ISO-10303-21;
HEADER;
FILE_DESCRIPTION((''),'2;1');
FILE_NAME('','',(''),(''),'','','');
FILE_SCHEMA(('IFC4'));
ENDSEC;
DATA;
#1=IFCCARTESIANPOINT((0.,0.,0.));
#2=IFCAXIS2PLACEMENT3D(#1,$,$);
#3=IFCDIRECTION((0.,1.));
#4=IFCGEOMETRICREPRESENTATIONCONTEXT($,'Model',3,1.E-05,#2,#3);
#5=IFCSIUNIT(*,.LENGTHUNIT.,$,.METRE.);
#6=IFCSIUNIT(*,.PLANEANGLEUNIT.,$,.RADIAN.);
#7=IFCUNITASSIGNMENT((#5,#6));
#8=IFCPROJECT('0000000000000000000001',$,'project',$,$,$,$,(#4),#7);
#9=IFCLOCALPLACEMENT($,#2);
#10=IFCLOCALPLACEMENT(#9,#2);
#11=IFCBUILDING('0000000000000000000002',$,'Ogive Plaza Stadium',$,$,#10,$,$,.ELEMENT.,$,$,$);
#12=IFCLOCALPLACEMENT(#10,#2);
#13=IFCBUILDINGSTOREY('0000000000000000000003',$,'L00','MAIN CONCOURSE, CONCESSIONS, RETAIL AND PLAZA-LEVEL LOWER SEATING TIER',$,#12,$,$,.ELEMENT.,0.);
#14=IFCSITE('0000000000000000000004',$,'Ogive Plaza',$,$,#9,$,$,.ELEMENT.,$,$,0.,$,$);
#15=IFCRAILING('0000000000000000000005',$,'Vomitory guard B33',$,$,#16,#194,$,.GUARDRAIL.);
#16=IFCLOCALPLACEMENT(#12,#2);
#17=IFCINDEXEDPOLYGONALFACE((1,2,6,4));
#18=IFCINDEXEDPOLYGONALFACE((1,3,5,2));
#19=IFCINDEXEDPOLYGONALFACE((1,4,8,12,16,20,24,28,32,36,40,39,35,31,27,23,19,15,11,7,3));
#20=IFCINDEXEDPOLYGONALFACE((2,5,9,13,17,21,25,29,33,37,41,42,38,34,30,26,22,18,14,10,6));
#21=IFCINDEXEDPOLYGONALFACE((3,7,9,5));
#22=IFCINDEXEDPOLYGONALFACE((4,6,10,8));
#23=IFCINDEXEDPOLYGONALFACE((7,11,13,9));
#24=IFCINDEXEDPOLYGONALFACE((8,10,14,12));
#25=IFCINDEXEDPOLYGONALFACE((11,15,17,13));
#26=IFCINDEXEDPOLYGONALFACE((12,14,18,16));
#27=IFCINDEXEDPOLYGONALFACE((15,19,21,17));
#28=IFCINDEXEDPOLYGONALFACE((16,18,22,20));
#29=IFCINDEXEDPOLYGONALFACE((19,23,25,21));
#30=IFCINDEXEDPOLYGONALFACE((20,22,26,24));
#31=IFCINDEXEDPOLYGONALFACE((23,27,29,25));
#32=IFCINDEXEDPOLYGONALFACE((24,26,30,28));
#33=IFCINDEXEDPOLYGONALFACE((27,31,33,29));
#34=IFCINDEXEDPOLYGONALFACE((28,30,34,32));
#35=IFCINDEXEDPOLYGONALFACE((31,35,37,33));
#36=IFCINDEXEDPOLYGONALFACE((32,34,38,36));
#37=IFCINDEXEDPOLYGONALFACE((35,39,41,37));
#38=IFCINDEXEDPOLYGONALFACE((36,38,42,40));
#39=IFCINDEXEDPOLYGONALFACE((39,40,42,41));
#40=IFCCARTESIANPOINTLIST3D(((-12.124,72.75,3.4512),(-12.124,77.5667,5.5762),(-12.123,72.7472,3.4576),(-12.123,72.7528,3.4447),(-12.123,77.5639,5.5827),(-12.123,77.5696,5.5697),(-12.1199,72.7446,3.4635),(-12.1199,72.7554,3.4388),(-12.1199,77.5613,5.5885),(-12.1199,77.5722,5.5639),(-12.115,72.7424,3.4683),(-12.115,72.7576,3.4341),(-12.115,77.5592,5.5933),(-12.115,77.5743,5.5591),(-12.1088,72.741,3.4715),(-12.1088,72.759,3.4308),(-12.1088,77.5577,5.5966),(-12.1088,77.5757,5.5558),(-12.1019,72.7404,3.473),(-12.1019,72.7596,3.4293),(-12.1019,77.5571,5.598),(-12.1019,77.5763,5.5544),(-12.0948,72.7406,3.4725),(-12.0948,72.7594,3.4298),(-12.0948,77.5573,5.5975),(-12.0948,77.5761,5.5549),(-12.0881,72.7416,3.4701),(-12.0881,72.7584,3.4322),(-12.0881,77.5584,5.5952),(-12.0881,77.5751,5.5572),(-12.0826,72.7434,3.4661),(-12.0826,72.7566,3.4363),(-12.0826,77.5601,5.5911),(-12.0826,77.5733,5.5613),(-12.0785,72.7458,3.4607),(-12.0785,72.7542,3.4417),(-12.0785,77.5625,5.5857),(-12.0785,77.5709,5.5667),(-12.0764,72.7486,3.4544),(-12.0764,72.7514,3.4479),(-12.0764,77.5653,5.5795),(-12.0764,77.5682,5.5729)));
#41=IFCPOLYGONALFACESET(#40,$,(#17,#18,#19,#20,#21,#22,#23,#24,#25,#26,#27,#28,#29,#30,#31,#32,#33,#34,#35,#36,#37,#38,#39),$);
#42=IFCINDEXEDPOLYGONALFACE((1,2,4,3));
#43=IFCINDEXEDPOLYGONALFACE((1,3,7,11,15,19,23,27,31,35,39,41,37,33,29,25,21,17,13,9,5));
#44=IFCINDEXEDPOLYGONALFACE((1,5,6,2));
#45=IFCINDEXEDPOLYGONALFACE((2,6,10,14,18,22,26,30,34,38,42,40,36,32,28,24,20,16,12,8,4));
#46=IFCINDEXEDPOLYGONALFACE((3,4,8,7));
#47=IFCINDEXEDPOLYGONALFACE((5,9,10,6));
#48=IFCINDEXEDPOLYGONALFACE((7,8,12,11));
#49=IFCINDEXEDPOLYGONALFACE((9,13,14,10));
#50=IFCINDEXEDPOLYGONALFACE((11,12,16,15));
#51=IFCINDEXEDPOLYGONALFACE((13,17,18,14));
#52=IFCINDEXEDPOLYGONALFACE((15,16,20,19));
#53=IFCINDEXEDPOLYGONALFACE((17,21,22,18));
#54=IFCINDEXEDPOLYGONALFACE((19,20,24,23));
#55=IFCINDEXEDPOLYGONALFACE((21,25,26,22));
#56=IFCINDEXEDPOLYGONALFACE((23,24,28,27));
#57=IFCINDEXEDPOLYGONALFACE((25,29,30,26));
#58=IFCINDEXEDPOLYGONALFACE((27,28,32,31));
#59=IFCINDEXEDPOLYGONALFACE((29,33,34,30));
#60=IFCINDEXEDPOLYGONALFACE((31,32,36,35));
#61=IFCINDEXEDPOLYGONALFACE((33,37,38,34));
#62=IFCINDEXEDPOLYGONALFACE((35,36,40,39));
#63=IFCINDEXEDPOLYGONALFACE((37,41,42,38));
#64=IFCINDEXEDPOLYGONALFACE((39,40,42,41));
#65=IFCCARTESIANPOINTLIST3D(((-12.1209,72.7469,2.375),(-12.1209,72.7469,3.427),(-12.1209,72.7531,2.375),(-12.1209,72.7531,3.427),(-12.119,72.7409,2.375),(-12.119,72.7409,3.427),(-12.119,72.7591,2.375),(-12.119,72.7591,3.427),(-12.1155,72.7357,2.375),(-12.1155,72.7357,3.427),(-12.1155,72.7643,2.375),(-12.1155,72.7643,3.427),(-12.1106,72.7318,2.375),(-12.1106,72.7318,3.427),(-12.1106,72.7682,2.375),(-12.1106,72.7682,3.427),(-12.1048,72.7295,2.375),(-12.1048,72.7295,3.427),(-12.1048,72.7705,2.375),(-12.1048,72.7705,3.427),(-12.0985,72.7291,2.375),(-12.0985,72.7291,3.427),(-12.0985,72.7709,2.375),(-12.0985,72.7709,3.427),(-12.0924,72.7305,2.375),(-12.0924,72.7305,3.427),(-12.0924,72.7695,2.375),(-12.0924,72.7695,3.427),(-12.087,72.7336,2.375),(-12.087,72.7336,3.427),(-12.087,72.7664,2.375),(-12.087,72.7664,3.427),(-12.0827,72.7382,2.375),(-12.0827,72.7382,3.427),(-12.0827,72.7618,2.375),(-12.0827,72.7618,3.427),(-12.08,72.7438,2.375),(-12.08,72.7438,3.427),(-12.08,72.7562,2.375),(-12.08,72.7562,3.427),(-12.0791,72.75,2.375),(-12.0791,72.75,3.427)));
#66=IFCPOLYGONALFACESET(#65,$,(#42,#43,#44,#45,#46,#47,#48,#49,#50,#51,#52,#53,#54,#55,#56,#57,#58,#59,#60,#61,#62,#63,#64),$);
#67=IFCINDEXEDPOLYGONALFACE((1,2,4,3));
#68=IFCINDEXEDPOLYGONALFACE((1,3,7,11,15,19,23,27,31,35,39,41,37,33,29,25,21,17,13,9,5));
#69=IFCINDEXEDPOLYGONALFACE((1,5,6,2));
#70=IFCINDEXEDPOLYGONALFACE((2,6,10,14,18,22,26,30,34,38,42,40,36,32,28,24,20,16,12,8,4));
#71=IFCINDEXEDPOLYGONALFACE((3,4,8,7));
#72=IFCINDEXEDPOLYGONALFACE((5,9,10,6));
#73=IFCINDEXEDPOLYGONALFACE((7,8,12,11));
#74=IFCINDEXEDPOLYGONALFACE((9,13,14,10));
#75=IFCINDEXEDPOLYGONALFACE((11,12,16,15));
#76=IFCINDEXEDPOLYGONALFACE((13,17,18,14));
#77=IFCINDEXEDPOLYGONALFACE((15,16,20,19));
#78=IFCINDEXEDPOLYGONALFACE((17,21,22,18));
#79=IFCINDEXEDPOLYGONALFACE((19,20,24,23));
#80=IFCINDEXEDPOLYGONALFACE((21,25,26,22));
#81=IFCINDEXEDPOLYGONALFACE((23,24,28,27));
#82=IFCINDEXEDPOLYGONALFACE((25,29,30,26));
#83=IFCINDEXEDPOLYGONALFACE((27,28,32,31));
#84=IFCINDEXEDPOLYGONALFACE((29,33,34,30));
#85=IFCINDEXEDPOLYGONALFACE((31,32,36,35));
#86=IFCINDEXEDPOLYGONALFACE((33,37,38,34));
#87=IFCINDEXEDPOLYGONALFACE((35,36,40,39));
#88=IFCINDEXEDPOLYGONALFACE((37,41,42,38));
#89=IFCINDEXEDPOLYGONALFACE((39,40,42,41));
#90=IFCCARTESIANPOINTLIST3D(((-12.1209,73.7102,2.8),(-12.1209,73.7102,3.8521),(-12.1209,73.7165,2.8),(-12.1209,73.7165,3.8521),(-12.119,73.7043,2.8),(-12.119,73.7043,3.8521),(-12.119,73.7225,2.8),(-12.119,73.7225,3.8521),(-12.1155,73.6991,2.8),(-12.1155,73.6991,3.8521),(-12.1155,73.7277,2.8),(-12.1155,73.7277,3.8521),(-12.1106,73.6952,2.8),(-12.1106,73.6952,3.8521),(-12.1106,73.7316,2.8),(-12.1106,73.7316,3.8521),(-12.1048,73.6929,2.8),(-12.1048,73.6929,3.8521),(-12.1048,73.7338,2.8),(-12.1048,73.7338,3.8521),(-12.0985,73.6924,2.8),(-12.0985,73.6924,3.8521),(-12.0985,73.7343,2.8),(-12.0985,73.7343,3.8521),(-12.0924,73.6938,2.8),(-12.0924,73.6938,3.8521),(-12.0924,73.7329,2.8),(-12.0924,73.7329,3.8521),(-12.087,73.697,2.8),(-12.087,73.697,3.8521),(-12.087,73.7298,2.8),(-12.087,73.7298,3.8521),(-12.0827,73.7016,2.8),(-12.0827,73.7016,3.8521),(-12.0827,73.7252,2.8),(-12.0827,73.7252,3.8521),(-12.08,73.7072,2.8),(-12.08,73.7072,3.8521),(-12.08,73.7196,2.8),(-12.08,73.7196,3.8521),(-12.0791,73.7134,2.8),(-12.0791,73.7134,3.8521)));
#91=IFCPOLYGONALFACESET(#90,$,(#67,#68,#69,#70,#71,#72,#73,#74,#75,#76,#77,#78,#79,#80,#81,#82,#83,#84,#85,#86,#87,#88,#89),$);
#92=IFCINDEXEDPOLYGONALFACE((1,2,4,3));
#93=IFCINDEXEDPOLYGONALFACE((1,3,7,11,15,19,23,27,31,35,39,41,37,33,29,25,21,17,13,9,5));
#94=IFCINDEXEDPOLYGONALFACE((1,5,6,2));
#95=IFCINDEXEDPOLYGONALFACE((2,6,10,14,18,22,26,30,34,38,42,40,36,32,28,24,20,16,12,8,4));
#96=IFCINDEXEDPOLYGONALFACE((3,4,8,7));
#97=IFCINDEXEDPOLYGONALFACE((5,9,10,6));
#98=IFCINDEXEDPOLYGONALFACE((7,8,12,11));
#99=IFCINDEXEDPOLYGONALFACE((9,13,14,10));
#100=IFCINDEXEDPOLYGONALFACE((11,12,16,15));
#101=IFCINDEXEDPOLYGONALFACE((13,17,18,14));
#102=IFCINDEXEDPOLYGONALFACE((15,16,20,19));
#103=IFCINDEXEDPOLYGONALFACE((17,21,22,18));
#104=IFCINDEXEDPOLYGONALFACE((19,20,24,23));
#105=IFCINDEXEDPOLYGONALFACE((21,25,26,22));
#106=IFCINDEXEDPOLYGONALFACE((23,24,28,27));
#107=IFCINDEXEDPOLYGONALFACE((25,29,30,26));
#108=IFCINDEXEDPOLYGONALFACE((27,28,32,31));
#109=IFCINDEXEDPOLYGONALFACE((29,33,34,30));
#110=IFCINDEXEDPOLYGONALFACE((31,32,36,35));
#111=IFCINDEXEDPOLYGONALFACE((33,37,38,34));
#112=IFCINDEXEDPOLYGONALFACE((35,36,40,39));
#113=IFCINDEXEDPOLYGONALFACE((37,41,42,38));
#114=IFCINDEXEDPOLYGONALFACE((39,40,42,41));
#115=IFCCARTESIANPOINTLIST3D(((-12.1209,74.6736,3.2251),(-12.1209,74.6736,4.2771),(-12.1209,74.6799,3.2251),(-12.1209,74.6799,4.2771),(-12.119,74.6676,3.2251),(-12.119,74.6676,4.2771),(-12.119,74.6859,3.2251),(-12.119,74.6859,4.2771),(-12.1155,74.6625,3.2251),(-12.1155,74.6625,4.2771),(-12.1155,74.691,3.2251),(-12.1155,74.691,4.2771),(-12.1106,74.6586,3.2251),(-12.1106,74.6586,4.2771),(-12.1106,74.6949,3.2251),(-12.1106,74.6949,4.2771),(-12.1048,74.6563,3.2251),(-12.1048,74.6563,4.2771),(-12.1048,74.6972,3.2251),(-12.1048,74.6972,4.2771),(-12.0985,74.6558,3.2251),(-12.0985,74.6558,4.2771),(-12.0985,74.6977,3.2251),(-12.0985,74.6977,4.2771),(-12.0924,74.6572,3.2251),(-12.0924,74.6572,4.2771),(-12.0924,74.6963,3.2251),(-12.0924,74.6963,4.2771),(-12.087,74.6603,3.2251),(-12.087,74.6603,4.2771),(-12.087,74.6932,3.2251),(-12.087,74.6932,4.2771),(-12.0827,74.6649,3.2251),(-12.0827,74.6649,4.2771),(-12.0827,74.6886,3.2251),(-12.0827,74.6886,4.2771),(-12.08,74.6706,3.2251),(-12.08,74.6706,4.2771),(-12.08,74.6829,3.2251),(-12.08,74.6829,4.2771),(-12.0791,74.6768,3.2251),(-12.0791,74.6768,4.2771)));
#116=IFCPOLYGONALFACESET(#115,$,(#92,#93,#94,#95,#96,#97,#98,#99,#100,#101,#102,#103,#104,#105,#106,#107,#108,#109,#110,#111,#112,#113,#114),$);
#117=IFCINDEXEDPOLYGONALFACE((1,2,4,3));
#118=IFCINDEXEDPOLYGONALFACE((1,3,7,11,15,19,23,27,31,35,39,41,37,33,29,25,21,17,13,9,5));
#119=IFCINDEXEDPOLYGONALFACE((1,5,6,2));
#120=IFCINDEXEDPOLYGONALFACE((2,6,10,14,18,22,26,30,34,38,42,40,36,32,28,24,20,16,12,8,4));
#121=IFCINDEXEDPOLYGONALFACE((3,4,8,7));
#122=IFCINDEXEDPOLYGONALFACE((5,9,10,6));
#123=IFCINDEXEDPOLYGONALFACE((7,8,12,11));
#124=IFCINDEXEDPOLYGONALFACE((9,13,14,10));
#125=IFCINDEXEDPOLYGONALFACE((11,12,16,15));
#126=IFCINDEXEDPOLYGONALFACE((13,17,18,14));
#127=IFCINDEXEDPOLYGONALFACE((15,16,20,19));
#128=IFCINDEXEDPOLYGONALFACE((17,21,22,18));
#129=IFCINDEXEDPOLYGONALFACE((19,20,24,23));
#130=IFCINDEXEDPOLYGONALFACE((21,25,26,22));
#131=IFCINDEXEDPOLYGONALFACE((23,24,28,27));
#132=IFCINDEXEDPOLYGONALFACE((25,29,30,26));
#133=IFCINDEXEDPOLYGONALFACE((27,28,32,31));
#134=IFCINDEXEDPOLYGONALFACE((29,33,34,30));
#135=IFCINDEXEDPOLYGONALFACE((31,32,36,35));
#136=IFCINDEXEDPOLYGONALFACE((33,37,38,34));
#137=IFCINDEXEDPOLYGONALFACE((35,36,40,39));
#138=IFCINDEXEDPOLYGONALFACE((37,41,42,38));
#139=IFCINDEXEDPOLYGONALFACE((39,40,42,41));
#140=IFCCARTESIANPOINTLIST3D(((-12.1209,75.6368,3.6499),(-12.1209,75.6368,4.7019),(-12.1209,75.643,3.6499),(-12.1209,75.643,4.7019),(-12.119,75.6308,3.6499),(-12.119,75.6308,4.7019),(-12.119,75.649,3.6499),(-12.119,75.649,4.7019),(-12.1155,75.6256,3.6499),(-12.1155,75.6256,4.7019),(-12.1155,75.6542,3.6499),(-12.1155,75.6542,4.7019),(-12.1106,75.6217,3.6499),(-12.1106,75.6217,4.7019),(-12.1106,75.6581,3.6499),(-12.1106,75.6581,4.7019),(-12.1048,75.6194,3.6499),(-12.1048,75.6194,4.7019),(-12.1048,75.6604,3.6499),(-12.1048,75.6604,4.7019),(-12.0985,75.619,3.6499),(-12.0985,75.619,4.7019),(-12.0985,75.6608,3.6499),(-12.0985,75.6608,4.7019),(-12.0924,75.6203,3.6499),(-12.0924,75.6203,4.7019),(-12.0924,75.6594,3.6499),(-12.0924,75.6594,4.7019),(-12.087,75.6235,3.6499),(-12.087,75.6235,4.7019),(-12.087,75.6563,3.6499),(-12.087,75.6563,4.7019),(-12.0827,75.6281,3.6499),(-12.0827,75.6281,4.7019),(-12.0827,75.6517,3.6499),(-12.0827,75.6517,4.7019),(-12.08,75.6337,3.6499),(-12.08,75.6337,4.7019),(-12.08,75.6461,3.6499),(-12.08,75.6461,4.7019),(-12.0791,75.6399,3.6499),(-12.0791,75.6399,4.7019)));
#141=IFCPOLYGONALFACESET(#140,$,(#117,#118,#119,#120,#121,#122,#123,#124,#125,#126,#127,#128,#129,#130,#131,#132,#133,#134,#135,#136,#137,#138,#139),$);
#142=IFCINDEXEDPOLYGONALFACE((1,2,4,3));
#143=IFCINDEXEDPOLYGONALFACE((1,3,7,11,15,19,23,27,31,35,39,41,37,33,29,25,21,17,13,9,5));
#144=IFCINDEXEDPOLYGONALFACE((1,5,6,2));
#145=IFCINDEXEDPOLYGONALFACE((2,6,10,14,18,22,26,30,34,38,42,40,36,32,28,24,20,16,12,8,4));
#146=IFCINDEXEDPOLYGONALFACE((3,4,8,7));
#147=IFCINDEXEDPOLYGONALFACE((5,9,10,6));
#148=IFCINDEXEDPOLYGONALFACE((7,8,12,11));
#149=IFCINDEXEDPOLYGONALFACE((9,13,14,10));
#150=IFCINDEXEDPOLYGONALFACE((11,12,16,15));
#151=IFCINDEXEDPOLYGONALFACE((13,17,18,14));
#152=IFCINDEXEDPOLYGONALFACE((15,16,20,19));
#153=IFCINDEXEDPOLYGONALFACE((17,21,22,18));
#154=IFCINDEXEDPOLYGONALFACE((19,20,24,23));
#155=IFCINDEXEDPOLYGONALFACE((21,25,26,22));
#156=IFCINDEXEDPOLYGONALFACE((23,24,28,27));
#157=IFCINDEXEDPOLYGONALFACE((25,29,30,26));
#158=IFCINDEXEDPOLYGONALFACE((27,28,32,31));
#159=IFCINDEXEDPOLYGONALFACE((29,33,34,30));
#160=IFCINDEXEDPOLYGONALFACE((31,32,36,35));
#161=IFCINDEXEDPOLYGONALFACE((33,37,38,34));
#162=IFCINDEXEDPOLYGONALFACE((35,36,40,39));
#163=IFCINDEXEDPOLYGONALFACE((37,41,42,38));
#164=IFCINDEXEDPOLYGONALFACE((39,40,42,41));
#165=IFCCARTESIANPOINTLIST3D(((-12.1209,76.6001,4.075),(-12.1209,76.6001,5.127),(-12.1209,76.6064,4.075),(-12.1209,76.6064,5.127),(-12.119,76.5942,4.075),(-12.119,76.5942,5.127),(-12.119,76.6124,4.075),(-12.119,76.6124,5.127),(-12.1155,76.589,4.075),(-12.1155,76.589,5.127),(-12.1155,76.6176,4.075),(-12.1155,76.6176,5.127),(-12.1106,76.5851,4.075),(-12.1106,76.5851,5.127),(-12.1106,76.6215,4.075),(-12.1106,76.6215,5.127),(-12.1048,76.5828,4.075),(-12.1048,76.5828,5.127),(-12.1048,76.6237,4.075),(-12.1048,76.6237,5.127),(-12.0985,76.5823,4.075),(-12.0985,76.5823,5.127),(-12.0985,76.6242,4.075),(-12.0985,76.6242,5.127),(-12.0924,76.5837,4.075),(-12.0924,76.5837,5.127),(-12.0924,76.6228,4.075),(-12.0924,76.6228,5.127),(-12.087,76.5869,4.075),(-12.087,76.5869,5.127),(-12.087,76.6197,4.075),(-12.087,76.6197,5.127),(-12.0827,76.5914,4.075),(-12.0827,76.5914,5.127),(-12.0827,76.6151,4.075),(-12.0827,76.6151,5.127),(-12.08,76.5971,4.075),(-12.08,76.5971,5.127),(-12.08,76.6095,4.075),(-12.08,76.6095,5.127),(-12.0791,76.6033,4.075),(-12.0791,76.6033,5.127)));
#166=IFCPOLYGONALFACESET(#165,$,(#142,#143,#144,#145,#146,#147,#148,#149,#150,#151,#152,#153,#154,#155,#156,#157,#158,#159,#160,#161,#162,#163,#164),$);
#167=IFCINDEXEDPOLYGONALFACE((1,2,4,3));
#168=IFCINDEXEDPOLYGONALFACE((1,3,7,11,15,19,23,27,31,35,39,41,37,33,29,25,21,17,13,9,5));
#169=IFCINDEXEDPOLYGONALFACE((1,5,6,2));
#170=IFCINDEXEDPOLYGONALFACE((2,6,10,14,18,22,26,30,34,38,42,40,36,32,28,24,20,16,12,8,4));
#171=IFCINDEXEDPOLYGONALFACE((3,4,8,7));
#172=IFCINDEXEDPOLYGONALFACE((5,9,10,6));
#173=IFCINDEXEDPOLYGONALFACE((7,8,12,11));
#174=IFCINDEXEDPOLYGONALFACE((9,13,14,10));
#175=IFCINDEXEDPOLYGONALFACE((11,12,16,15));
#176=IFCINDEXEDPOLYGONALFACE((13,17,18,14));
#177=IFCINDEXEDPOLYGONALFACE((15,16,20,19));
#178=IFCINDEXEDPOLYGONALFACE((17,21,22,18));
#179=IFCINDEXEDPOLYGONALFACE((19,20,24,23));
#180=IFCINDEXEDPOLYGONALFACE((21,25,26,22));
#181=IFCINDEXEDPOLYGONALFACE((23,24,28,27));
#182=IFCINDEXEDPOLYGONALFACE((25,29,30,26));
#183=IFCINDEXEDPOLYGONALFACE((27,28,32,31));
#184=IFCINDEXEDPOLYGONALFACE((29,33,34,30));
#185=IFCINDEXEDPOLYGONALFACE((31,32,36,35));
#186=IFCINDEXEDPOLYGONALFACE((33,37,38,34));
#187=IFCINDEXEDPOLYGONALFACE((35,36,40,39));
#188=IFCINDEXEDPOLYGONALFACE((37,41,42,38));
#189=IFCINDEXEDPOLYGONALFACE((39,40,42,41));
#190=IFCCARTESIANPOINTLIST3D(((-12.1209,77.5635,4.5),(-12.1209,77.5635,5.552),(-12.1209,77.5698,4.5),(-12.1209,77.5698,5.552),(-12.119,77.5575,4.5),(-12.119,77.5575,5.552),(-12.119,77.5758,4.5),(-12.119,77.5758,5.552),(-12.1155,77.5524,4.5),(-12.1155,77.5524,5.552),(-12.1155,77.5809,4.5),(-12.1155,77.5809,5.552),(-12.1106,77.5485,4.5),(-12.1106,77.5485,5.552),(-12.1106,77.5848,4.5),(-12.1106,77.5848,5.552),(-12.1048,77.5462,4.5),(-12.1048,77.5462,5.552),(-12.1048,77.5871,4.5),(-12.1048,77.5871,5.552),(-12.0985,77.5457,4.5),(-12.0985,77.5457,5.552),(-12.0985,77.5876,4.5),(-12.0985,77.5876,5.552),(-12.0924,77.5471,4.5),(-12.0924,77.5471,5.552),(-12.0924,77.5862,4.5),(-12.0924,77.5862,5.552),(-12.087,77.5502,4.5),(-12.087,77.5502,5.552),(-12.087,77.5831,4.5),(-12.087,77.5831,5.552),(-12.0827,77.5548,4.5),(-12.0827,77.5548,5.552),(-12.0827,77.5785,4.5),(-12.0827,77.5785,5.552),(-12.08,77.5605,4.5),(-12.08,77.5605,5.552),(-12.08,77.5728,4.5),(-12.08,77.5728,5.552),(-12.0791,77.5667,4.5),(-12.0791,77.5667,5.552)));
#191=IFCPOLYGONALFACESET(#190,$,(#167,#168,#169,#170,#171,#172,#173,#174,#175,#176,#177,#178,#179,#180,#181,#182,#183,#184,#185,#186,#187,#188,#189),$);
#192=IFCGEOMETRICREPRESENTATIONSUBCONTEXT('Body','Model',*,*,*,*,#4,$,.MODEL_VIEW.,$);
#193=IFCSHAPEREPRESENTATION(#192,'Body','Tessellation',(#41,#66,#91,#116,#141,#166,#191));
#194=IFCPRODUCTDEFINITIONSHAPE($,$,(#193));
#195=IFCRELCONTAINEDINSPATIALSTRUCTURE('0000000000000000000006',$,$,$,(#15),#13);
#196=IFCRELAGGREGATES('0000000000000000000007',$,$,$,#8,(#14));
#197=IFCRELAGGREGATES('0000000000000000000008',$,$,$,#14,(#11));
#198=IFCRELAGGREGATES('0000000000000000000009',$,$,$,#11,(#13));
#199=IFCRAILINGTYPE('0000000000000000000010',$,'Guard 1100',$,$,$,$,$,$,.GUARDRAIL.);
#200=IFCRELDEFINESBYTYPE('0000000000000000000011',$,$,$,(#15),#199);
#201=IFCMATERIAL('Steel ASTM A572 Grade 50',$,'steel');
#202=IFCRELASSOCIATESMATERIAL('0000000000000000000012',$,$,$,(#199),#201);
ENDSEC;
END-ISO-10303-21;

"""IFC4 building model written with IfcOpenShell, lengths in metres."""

from ifc_helpers import new_model, si_unit, direction, frame, origin, origin_2d, place, context, subcontext, project, spatial, circle, extrude, material, type_object, element, save


model = new_model("IFC4")

# Units and contexts
model_context = context("Model", 3, precision=1e-05, world=origin(), true_north=direction((0.0, 1.0)))
body_context = subcontext(model_context, "Body", "Model", "MODEL_VIEW")
ifc_project = project(units=[si_unit("LENGTHUNIT", "METRE"), si_unit("PLANEANGLEUNIT", "RADIAN")], contexts=[model_context])

# Site, building, storey
site_placement = place(None, origin())
site = spatial("IfcSite", under=ifc_project, at=site_placement, Name="Ogive Plaza", CompositionType="ELEMENT", RefElevation=0.0)
building_placement = place(site_placement, origin())
building = spatial("IfcBuilding", under=site, at=building_placement, Name="Ogive Plaza Stadium", CompositionType="ELEMENT")
storey_placement = place(building_placement, origin())
storey = spatial("IfcBuildingStorey", under=building, at=storey_placement, Name="L00", Description="MAIN CONCOURSE, CONCESSIONS, RETAIL AND PLAZA-LEVEL LOWER SEATING TIER", CompositionType="ELEMENT", Elevation=0.0)

# Railing
ifc_material_1 = material(Name="Steel ASTM A572 Grade 50", Category="steel")
railing_type = type_object("IfcRailingType", Name="Guard 1100", PredefinedType="GUARDRAIL", material=ifc_material_1)
for number, where, name in (
    (1, (-12.1001, 72.75, 2.375), "Vomitory guard B33"),
):
    element("IfcRailing", number, at=place(storey_placement, frame(where)), inside=storey, type_object=railing_type, Name=name, PredefinedType="GUARDRAIL", context=body_context, shape_type="SweptSolid", body=[
        extrude(circle(Radius=0.0239, at=origin_2d()), frame((0.0, 0.0, 1.0762), z_axis=(0.0, 0.914917, 0.403641), x_axis=(-1.0, 0.0, 0.0)), (0.0, 0.0, 1.0), 5.2646),
        extrude(circle(Radius=0.021, at=origin_2d()), origin(), (0.0, 0.0, 1.0), 1.052),
        extrude(circle(Radius=0.021, at=origin_2d()), frame((0.0, 0.9634, 0.425)), (0.0, 0.0, 1.0), 1.052),
        extrude(circle(Radius=0.021, at=origin_2d()), frame((0.0, 1.9268, 0.8501)), (0.0, 0.0, 1.0), 1.052),
        extrude(circle(Radius=0.021, at=origin_2d()), frame((0.0, 2.8899, 1.2749)), (0.0, 0.0, 1.0), 1.052),
        extrude(circle(Radius=0.021, at=origin_2d()), frame((0.0, 3.8533, 1.7)), (0.0, 0.0, 1.0), 1.052),
        extrude(circle(Radius=0.021, at=origin_2d()), frame((0.0, 4.8167, 2.125)), (0.0, 0.0, 1.0), 1.052),
    ])

save(model, "model.ifc")
